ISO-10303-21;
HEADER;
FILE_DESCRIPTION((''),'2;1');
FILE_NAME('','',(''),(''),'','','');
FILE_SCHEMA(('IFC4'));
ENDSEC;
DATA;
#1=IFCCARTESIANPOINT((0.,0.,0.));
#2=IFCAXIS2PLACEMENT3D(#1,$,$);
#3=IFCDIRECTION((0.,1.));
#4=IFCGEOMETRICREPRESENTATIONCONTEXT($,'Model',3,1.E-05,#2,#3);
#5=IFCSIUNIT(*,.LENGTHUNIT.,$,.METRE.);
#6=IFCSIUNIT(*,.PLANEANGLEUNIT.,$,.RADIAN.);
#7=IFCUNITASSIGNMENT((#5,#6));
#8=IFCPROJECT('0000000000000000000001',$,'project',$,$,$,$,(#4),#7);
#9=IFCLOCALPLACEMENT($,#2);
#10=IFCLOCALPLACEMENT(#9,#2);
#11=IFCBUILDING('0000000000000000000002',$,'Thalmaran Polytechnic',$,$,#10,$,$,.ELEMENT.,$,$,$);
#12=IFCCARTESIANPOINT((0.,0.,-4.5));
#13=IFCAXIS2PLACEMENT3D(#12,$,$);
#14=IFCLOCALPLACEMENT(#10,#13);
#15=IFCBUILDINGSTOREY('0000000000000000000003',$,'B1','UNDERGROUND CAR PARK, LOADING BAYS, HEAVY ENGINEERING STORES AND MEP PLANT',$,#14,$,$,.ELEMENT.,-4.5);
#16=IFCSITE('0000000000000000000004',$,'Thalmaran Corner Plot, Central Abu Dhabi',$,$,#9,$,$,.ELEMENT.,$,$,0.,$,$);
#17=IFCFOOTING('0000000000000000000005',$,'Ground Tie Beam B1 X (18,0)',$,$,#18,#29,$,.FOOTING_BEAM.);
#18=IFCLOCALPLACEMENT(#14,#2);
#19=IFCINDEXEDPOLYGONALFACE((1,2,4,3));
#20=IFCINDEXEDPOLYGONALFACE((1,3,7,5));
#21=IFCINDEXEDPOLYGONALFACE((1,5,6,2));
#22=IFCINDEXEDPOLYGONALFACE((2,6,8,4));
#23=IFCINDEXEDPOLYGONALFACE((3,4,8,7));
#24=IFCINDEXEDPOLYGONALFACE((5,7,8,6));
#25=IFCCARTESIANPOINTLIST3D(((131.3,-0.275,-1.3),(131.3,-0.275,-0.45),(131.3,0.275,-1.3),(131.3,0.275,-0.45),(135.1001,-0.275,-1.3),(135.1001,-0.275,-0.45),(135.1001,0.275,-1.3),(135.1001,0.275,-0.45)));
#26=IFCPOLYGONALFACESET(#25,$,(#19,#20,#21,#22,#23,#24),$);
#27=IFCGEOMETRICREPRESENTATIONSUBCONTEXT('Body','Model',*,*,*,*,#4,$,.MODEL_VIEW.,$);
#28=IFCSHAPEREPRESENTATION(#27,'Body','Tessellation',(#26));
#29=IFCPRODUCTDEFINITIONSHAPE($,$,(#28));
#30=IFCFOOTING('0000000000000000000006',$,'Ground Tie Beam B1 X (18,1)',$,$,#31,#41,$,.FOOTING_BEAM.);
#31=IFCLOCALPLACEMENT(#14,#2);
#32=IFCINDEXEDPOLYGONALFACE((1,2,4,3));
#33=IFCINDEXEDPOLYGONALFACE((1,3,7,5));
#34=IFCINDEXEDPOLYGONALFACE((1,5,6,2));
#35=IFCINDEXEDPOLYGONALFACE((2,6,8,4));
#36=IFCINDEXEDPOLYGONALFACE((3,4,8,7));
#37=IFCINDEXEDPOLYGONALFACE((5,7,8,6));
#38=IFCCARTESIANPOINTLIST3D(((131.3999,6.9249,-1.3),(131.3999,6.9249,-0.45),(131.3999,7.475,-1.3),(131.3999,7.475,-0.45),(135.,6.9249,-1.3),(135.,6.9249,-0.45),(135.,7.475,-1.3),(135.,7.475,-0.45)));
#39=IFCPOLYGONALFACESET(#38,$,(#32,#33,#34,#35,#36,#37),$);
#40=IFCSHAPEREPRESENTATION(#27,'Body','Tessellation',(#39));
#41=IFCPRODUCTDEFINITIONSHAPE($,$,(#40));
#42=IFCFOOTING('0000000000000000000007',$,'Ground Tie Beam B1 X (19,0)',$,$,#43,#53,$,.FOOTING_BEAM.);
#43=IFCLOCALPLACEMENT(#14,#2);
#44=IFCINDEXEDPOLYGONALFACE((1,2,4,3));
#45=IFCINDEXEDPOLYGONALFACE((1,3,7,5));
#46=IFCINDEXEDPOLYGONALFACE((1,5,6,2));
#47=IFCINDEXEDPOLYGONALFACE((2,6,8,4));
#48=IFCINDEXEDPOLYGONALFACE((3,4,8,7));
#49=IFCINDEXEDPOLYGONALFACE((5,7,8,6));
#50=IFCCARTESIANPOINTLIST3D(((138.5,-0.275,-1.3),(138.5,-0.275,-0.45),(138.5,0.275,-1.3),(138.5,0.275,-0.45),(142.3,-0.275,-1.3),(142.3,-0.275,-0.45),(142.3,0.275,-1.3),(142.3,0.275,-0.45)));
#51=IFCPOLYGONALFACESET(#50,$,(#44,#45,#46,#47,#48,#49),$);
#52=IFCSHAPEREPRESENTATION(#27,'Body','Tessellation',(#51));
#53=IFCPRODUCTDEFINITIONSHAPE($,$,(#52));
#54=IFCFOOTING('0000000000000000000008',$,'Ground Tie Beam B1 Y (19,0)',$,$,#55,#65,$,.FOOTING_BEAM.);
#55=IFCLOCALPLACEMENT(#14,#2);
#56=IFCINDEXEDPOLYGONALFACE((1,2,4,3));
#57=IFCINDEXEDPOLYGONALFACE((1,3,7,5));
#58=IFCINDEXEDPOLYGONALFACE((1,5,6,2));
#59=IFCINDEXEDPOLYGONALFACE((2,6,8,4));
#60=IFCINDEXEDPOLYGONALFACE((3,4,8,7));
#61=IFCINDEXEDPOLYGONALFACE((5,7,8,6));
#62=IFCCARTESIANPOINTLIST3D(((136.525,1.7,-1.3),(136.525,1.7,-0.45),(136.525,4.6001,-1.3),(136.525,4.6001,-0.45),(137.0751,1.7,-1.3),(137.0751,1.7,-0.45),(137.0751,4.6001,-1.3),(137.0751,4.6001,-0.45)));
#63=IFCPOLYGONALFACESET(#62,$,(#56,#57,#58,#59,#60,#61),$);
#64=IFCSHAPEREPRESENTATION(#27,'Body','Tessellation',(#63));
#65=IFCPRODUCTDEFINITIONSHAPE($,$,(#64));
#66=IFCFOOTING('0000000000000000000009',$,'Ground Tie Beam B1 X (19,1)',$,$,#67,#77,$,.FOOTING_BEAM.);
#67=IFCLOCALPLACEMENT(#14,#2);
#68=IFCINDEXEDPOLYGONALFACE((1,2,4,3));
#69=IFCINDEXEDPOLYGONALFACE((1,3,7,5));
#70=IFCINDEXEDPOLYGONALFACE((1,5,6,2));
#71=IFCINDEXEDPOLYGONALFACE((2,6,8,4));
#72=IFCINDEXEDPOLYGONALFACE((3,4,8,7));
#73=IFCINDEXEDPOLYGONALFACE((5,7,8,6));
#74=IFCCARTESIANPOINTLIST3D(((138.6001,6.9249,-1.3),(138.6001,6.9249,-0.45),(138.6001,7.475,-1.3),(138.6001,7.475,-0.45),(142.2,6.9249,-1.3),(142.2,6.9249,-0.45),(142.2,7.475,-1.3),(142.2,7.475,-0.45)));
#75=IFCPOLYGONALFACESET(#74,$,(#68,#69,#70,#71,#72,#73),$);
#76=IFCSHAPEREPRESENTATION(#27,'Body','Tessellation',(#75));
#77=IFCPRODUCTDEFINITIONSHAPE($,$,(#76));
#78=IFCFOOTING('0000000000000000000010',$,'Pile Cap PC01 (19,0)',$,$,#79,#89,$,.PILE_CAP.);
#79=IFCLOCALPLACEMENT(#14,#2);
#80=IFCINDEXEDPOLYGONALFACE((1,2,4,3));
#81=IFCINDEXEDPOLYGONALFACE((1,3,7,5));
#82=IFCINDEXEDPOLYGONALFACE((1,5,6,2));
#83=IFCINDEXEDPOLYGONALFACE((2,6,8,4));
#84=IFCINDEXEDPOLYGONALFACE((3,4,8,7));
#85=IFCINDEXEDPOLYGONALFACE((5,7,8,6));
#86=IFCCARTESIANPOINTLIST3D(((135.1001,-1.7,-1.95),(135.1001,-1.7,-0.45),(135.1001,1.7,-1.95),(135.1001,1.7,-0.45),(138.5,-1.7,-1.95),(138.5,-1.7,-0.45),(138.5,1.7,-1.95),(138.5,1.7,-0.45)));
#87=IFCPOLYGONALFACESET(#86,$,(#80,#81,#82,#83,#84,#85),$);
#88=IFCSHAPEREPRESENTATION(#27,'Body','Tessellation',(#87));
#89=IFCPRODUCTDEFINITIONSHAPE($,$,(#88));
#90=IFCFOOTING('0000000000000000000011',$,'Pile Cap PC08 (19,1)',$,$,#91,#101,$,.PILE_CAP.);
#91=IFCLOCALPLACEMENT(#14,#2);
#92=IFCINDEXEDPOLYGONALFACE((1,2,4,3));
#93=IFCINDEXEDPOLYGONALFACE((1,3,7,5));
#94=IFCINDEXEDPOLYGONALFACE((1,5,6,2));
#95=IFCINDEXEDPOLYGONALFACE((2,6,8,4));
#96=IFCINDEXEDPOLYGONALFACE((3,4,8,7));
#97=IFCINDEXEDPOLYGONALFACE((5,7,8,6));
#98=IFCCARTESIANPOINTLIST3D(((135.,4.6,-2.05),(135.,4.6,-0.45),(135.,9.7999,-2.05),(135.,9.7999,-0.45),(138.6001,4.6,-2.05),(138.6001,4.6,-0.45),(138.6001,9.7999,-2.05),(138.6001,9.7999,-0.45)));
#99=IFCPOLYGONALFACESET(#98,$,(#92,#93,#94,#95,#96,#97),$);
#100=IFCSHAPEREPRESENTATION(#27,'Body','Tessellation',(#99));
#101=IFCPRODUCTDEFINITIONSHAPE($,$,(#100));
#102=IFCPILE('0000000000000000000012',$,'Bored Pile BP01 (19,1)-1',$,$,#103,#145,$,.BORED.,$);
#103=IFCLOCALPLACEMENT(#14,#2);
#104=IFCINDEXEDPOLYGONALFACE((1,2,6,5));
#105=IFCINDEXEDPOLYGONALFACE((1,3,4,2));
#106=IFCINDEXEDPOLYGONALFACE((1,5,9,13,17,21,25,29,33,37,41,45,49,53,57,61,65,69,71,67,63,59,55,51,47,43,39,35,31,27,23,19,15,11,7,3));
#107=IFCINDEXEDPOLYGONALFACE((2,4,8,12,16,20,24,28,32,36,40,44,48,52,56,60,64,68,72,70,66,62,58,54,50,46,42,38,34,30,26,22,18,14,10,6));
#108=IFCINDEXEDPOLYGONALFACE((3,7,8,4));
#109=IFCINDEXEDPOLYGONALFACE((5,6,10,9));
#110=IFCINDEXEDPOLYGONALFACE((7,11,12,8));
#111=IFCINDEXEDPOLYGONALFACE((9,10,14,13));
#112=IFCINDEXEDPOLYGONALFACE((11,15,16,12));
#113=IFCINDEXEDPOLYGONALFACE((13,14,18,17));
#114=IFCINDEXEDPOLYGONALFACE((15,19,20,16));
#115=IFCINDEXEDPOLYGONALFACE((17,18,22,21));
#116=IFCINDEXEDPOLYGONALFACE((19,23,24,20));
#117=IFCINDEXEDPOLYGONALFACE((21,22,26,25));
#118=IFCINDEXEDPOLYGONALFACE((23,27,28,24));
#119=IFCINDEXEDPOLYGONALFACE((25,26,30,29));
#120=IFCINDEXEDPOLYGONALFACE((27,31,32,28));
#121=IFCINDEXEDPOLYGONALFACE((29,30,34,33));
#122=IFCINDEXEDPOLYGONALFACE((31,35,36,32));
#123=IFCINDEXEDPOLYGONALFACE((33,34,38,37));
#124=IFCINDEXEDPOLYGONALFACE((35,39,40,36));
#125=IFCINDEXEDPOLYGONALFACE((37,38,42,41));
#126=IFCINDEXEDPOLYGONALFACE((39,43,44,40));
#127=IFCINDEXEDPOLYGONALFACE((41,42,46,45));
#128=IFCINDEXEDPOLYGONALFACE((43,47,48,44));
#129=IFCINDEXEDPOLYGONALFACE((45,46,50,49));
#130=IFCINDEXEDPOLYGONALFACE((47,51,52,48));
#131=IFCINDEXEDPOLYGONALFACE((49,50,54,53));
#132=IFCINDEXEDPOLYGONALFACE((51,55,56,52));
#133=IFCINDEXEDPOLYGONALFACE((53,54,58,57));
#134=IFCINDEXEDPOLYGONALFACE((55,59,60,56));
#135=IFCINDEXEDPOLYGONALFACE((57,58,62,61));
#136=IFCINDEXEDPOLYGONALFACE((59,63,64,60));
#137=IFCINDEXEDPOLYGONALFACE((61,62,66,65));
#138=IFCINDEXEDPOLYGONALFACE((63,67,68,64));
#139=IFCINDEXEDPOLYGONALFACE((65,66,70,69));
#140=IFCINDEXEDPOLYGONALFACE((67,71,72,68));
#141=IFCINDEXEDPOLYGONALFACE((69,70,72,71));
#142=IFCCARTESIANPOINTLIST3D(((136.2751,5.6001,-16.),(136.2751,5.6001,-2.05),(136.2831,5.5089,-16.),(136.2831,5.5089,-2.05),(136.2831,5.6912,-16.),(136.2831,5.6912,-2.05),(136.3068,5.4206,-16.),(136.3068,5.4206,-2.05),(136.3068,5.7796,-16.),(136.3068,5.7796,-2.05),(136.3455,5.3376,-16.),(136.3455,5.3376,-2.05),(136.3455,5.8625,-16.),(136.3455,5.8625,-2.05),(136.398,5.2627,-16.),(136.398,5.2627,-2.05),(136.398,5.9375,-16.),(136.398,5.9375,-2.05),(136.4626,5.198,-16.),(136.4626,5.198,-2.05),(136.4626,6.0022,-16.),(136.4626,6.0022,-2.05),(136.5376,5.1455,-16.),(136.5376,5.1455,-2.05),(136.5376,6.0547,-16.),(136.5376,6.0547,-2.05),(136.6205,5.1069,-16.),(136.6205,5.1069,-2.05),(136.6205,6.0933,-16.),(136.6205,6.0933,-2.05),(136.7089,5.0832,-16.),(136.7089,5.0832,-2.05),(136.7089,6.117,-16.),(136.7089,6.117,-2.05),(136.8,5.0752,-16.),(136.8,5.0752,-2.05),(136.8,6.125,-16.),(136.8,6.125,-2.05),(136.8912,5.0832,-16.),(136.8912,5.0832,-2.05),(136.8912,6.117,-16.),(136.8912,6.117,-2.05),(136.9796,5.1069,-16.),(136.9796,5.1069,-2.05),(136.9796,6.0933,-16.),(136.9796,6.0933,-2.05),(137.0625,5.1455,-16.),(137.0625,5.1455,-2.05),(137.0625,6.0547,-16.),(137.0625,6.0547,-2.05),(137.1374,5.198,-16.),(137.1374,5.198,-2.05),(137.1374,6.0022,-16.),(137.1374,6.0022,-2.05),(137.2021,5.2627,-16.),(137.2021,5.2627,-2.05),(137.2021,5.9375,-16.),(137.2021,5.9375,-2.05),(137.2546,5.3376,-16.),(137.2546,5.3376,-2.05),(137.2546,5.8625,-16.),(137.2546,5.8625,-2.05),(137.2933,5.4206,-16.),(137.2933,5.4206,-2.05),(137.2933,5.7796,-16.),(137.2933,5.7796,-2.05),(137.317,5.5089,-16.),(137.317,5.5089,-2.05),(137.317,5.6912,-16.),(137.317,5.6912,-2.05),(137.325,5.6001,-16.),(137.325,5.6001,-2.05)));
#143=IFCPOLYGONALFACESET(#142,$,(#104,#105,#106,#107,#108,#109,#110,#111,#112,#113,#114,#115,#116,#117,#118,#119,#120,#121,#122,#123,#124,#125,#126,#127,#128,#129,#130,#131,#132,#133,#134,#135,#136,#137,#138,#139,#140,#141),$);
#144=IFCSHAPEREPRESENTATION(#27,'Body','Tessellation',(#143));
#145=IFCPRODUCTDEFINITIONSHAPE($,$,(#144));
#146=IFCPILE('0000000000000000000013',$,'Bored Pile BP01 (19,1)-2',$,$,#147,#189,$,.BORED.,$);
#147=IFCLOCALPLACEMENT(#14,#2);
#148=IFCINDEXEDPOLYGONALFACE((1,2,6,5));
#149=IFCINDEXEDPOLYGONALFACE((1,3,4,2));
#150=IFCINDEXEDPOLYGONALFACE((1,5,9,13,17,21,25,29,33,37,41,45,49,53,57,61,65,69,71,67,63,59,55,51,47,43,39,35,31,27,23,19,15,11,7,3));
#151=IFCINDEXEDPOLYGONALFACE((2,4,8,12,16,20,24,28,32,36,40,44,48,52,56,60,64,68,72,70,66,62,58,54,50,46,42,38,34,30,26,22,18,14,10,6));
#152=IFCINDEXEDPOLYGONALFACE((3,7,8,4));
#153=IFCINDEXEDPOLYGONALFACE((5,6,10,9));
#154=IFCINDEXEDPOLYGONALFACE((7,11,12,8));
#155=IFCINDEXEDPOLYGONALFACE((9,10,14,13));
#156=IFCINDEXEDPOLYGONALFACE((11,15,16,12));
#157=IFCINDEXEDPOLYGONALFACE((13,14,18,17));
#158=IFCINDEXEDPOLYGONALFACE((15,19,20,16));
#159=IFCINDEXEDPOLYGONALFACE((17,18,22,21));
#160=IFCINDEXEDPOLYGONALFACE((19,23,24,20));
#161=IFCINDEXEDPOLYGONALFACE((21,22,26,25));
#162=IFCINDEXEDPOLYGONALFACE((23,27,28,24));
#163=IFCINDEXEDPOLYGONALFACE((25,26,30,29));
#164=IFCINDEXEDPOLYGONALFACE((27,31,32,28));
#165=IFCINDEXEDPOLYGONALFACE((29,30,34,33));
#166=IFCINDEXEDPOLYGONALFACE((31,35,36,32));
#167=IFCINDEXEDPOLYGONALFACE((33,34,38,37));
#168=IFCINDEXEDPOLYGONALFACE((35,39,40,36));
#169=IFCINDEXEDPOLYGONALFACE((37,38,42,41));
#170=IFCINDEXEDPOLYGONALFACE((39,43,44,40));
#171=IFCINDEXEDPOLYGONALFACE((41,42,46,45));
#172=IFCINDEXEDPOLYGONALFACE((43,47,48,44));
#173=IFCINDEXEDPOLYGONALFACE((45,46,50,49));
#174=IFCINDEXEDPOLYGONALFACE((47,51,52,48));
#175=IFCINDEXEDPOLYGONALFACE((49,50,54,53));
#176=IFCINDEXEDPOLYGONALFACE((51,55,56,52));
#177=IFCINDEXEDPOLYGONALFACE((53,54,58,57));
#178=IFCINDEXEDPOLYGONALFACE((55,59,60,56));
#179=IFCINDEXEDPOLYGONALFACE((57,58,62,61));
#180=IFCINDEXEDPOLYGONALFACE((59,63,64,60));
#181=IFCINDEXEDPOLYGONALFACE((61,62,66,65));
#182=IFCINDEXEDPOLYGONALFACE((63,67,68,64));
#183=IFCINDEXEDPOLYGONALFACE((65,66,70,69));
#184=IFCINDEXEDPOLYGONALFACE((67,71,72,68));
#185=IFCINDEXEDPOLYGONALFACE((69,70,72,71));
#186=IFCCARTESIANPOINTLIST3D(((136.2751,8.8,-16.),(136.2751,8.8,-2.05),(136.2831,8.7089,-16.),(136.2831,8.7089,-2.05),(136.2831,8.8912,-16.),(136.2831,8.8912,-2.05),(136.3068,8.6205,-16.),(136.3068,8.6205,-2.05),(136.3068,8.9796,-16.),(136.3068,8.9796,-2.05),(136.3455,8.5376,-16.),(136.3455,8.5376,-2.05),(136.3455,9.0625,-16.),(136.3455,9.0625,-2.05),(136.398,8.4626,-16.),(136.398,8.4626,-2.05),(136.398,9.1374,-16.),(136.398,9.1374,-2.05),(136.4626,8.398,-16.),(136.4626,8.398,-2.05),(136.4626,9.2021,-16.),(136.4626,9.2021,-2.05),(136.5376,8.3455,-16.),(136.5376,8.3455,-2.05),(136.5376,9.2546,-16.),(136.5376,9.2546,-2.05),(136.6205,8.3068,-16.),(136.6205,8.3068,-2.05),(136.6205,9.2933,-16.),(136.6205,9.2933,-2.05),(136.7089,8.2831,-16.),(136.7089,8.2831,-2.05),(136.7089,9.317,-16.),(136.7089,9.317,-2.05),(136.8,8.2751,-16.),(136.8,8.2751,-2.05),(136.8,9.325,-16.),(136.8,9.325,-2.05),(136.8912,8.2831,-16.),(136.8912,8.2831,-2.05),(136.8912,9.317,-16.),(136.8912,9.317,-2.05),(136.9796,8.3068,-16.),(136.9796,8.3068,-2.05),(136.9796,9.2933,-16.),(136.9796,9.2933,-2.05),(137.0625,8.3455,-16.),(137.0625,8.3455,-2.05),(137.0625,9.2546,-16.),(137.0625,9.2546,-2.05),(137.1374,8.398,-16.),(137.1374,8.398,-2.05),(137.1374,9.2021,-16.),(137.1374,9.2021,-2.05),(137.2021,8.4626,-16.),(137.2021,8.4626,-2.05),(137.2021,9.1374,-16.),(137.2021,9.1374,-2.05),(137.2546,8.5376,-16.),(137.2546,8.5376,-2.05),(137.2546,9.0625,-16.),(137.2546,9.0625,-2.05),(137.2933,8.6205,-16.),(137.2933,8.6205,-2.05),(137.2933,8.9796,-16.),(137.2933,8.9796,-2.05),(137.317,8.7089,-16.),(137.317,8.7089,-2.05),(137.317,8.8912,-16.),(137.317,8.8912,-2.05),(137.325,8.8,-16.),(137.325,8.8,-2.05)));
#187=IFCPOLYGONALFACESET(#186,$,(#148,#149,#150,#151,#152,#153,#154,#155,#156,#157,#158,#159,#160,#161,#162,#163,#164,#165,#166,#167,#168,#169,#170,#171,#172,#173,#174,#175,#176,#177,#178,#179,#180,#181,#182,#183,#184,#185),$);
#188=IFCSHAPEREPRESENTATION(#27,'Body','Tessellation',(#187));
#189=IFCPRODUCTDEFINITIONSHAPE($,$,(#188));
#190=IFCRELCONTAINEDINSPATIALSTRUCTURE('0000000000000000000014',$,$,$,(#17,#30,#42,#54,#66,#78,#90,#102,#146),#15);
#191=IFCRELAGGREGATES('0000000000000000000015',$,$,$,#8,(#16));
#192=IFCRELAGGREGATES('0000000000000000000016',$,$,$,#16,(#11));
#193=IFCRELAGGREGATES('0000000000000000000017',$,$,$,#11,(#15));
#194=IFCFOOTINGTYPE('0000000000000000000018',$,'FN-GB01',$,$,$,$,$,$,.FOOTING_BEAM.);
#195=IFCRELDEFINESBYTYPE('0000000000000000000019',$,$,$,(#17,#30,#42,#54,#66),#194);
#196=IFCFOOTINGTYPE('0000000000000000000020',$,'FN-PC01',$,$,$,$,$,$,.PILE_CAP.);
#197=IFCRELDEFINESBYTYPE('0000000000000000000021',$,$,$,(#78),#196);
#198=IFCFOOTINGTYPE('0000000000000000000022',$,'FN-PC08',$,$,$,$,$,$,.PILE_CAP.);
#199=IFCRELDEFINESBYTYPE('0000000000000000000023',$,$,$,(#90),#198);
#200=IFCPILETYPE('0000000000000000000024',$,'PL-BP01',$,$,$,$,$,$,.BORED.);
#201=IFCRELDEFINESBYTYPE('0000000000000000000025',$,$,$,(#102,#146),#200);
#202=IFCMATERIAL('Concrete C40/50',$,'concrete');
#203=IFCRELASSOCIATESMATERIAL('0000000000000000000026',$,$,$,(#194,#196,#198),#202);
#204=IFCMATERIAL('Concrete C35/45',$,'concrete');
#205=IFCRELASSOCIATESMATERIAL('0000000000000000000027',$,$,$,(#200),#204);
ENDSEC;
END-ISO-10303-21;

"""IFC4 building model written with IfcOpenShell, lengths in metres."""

from ifc_helpers import new_model, si_unit, direction, frame, origin, origin_2d, place, context, subcontext, project, spatial, rectangle, circle, extrude, material, material_profile, profile_set, type_object, element, save


model = new_model("IFC4")

# Units and contexts
model_context = context("Model", 3, precision=1e-05, world=origin(), true_north=direction((0.0, 1.0)))
body_context = subcontext(model_context, "Body", "Model", "MODEL_VIEW")
ifc_project = project(units=[si_unit("LENGTHUNIT", "METRE"), si_unit("PLANEANGLEUNIT", "RADIAN")], contexts=[model_context])

# Site, building, storey
site_placement = place(None, origin())
site = spatial("IfcSite", under=ifc_project, at=site_placement, Name="Thalmaran Corner Plot, Central Abu Dhabi", CompositionType="ELEMENT", RefElevation=0.0)
building_placement = place(site_placement, origin())
building = spatial("IfcBuilding", under=site, at=building_placement, Name="Thalmaran Polytechnic", CompositionType="ELEMENT")
storey_placement = place(building_placement, frame((0.0, 0.0, -4.5)))
storey = spatial("IfcBuildingStorey", under=building, at=storey_placement, Name="B1", Description="UNDERGROUND CAR PARK, LOADING BAYS, HEAVY ENGINEERING STORES AND MEP PLANT", CompositionType="ELEMENT", Elevation=-4.5)

# Footings
ifc_material_1 = material(Name="Concrete C40/50", Category="concrete")
ifc_material_profile_1 = material_profile(ifc_material_1, rectangle(XDim=0.55, YDim=0.8501, at=origin_2d()), Name="RC 550x850")
ifc_profile_set_1 = profile_set([ifc_material_profile_1], Name="Concrete C40/50")
footing_type_1 = type_object("IfcFootingType", Name="FN-GB01", PredefinedType="FOOTING_BEAM", material=ifc_profile_set_1)
footing_1_placement = place(storey_placement, frame((131.3, 0.0, -0.875), z_axis=(1.0, 0.0, 0.0), x_axis=(0.0, 1.0, 0.0)))
element("IfcFooting", 1, at=footing_1_placement, inside=storey, type_object=footing_type_1, Name="Ground Tie Beam B1 X (18,0)", PredefinedType="FOOTING_BEAM", context=body_context, shape_type="SweptSolid", body=[
    extrude(rectangle(XDim=0.55, YDim=0.8501, at=origin_2d()), origin(), (0.0, 0.0, 1.0), 3.8),
])
footing_2_placement = place(storey_placement, frame((131.3999, 7.2, -0.875), z_axis=(1.0, 0.0, 0.0), x_axis=(0.0, 1.0, 0.0)))
element("IfcFooting", 2, at=footing_2_placement, inside=storey, type_object=footing_type_1, Name="Ground Tie Beam B1 X (18,1)", PredefinedType="FOOTING_BEAM", context=body_context, shape_type="SweptSolid", body=[
    extrude(rectangle(XDim=0.55, YDim=0.8501, at=origin_2d()), origin(), (0.0, 0.0, 1.0), 3.6001),
])
footing_3_placement = place(storey_placement, frame((138.5, 0.0, -0.875), z_axis=(1.0, 0.0, 0.0), x_axis=(0.0, 1.0, 0.0)))
element("IfcFooting", 3, at=footing_3_placement, inside=storey, type_object=footing_type_1, Name="Ground Tie Beam B1 X (19,0)", PredefinedType="FOOTING_BEAM", context=body_context, shape_type="SweptSolid", body=[
    extrude(rectangle(XDim=0.55, YDim=0.8501, at=origin_2d()), origin(), (0.0, 0.0, 1.0), 3.8),
])
footing_4_placement = place(storey_placement, frame((136.8, 1.7, -0.875), z_axis=(0.0, 1.0, 0.0), x_axis=(-1.0, 0.0, 0.0)))
element("IfcFooting", 4, at=footing_4_placement, inside=storey, type_object=footing_type_1, Name="Ground Tie Beam B1 Y (19,0)", PredefinedType="FOOTING_BEAM", context=body_context, shape_type="SweptSolid", body=[
    extrude(rectangle(XDim=0.55, YDim=0.8501, at=origin_2d()), origin(), (0.0, 0.0, 1.0), 2.9001),
])
footing_5_placement = place(storey_placement, frame((138.6001, 7.2, -0.875), z_axis=(1.0, 0.0, 0.0), x_axis=(0.0, 1.0, 0.0)))
element("IfcFooting", 5, at=footing_5_placement, inside=storey, type_object=footing_type_1, Name="Ground Tie Beam B1 X (19,1)", PredefinedType="FOOTING_BEAM", context=body_context, shape_type="SweptSolid", body=[
    extrude(rectangle(XDim=0.55, YDim=0.8501, at=origin_2d()), origin(), (0.0, 0.0, 1.0), 3.5999),
])
footing_type_2 = type_object("IfcFootingType", Name="FN-PC01", PredefinedType="PILE_CAP", material=ifc_material_1)
footing_6_placement = place(storey_placement, frame((136.8, 0.0, -1.95), z_axis=(0.0, 0.0, 1.0), x_axis=(1.0, 0.0, 0.0)))
element("IfcFooting", 6, at=footing_6_placement, inside=storey, type_object=footing_type_2, Name="Pile Cap PC01 (19,0)", PredefinedType="PILE_CAP", context=body_context, shape_type="SweptSolid", body=[
    extrude(rectangle(XDim=3.3999, YDim=3.3999, at=origin_2d()), origin(), (0.0, 0.0, 1.0), 1.5),
])
footing_type_3 = type_object("IfcFootingType", Name="FN-PC08", PredefinedType="PILE_CAP", material=ifc_material_1)
footing_7_placement = place(storey_placement, frame((136.8, 7.2, -2.05), z_axis=(0.0, 0.0, 1.0), x_axis=(1.0, 0.0, 0.0)))
element("IfcFooting", 7, at=footing_7_placement, inside=storey, type_object=footing_type_3, Name="Pile Cap PC08 (19,1)", PredefinedType="PILE_CAP", context=body_context, shape_type="SweptSolid", body=[
    extrude(rectangle(XDim=3.6001, YDim=5.2, at=origin_2d()), origin(), (0.0, 0.0, 1.0), 1.6001),
])

# Piles
ifc_material_2 = material(Name="Concrete C35/45", Category="concrete")
ifc_material_profile_2 = material_profile(ifc_material_2, circle(Radius=0.5249, at=origin_2d()), Name="RC 1050 DIA")
ifc_profile_set_2 = profile_set([ifc_material_profile_2], Name="Concrete C35/45")
pile_type_1 = type_object("IfcPileType", Name="PL-BP01", PredefinedType="BORED", material=ifc_profile_set_2)
for number, where, z_axis, x_axis, name in (
    (8, (136.8, 5.6001, -2.05), (0.0, 0.0, -1.0), (1.0, 0.0, 0.0), "Bored Pile BP01 (19,1)-1"),
    (9, (136.8, 8.8, -2.05), (0.0, 0.0, -1.0), (1.0, 0.0, 0.0), "Bored Pile BP01 (19,1)-2"),
):
    element("IfcPile", number, at=place(storey_placement, frame(where, z_axis=z_axis, x_axis=x_axis)), inside=storey, type_object=pile_type_1, Name=name, PredefinedType="BORED", context=body_context, shape_type="SweptSolid", body=[
        extrude(circle(Radius=0.5249, at=origin_2d()), origin(), (0.0, 0.0, 1.0), 13.95),
    ])

save(model, "model.ifc")
